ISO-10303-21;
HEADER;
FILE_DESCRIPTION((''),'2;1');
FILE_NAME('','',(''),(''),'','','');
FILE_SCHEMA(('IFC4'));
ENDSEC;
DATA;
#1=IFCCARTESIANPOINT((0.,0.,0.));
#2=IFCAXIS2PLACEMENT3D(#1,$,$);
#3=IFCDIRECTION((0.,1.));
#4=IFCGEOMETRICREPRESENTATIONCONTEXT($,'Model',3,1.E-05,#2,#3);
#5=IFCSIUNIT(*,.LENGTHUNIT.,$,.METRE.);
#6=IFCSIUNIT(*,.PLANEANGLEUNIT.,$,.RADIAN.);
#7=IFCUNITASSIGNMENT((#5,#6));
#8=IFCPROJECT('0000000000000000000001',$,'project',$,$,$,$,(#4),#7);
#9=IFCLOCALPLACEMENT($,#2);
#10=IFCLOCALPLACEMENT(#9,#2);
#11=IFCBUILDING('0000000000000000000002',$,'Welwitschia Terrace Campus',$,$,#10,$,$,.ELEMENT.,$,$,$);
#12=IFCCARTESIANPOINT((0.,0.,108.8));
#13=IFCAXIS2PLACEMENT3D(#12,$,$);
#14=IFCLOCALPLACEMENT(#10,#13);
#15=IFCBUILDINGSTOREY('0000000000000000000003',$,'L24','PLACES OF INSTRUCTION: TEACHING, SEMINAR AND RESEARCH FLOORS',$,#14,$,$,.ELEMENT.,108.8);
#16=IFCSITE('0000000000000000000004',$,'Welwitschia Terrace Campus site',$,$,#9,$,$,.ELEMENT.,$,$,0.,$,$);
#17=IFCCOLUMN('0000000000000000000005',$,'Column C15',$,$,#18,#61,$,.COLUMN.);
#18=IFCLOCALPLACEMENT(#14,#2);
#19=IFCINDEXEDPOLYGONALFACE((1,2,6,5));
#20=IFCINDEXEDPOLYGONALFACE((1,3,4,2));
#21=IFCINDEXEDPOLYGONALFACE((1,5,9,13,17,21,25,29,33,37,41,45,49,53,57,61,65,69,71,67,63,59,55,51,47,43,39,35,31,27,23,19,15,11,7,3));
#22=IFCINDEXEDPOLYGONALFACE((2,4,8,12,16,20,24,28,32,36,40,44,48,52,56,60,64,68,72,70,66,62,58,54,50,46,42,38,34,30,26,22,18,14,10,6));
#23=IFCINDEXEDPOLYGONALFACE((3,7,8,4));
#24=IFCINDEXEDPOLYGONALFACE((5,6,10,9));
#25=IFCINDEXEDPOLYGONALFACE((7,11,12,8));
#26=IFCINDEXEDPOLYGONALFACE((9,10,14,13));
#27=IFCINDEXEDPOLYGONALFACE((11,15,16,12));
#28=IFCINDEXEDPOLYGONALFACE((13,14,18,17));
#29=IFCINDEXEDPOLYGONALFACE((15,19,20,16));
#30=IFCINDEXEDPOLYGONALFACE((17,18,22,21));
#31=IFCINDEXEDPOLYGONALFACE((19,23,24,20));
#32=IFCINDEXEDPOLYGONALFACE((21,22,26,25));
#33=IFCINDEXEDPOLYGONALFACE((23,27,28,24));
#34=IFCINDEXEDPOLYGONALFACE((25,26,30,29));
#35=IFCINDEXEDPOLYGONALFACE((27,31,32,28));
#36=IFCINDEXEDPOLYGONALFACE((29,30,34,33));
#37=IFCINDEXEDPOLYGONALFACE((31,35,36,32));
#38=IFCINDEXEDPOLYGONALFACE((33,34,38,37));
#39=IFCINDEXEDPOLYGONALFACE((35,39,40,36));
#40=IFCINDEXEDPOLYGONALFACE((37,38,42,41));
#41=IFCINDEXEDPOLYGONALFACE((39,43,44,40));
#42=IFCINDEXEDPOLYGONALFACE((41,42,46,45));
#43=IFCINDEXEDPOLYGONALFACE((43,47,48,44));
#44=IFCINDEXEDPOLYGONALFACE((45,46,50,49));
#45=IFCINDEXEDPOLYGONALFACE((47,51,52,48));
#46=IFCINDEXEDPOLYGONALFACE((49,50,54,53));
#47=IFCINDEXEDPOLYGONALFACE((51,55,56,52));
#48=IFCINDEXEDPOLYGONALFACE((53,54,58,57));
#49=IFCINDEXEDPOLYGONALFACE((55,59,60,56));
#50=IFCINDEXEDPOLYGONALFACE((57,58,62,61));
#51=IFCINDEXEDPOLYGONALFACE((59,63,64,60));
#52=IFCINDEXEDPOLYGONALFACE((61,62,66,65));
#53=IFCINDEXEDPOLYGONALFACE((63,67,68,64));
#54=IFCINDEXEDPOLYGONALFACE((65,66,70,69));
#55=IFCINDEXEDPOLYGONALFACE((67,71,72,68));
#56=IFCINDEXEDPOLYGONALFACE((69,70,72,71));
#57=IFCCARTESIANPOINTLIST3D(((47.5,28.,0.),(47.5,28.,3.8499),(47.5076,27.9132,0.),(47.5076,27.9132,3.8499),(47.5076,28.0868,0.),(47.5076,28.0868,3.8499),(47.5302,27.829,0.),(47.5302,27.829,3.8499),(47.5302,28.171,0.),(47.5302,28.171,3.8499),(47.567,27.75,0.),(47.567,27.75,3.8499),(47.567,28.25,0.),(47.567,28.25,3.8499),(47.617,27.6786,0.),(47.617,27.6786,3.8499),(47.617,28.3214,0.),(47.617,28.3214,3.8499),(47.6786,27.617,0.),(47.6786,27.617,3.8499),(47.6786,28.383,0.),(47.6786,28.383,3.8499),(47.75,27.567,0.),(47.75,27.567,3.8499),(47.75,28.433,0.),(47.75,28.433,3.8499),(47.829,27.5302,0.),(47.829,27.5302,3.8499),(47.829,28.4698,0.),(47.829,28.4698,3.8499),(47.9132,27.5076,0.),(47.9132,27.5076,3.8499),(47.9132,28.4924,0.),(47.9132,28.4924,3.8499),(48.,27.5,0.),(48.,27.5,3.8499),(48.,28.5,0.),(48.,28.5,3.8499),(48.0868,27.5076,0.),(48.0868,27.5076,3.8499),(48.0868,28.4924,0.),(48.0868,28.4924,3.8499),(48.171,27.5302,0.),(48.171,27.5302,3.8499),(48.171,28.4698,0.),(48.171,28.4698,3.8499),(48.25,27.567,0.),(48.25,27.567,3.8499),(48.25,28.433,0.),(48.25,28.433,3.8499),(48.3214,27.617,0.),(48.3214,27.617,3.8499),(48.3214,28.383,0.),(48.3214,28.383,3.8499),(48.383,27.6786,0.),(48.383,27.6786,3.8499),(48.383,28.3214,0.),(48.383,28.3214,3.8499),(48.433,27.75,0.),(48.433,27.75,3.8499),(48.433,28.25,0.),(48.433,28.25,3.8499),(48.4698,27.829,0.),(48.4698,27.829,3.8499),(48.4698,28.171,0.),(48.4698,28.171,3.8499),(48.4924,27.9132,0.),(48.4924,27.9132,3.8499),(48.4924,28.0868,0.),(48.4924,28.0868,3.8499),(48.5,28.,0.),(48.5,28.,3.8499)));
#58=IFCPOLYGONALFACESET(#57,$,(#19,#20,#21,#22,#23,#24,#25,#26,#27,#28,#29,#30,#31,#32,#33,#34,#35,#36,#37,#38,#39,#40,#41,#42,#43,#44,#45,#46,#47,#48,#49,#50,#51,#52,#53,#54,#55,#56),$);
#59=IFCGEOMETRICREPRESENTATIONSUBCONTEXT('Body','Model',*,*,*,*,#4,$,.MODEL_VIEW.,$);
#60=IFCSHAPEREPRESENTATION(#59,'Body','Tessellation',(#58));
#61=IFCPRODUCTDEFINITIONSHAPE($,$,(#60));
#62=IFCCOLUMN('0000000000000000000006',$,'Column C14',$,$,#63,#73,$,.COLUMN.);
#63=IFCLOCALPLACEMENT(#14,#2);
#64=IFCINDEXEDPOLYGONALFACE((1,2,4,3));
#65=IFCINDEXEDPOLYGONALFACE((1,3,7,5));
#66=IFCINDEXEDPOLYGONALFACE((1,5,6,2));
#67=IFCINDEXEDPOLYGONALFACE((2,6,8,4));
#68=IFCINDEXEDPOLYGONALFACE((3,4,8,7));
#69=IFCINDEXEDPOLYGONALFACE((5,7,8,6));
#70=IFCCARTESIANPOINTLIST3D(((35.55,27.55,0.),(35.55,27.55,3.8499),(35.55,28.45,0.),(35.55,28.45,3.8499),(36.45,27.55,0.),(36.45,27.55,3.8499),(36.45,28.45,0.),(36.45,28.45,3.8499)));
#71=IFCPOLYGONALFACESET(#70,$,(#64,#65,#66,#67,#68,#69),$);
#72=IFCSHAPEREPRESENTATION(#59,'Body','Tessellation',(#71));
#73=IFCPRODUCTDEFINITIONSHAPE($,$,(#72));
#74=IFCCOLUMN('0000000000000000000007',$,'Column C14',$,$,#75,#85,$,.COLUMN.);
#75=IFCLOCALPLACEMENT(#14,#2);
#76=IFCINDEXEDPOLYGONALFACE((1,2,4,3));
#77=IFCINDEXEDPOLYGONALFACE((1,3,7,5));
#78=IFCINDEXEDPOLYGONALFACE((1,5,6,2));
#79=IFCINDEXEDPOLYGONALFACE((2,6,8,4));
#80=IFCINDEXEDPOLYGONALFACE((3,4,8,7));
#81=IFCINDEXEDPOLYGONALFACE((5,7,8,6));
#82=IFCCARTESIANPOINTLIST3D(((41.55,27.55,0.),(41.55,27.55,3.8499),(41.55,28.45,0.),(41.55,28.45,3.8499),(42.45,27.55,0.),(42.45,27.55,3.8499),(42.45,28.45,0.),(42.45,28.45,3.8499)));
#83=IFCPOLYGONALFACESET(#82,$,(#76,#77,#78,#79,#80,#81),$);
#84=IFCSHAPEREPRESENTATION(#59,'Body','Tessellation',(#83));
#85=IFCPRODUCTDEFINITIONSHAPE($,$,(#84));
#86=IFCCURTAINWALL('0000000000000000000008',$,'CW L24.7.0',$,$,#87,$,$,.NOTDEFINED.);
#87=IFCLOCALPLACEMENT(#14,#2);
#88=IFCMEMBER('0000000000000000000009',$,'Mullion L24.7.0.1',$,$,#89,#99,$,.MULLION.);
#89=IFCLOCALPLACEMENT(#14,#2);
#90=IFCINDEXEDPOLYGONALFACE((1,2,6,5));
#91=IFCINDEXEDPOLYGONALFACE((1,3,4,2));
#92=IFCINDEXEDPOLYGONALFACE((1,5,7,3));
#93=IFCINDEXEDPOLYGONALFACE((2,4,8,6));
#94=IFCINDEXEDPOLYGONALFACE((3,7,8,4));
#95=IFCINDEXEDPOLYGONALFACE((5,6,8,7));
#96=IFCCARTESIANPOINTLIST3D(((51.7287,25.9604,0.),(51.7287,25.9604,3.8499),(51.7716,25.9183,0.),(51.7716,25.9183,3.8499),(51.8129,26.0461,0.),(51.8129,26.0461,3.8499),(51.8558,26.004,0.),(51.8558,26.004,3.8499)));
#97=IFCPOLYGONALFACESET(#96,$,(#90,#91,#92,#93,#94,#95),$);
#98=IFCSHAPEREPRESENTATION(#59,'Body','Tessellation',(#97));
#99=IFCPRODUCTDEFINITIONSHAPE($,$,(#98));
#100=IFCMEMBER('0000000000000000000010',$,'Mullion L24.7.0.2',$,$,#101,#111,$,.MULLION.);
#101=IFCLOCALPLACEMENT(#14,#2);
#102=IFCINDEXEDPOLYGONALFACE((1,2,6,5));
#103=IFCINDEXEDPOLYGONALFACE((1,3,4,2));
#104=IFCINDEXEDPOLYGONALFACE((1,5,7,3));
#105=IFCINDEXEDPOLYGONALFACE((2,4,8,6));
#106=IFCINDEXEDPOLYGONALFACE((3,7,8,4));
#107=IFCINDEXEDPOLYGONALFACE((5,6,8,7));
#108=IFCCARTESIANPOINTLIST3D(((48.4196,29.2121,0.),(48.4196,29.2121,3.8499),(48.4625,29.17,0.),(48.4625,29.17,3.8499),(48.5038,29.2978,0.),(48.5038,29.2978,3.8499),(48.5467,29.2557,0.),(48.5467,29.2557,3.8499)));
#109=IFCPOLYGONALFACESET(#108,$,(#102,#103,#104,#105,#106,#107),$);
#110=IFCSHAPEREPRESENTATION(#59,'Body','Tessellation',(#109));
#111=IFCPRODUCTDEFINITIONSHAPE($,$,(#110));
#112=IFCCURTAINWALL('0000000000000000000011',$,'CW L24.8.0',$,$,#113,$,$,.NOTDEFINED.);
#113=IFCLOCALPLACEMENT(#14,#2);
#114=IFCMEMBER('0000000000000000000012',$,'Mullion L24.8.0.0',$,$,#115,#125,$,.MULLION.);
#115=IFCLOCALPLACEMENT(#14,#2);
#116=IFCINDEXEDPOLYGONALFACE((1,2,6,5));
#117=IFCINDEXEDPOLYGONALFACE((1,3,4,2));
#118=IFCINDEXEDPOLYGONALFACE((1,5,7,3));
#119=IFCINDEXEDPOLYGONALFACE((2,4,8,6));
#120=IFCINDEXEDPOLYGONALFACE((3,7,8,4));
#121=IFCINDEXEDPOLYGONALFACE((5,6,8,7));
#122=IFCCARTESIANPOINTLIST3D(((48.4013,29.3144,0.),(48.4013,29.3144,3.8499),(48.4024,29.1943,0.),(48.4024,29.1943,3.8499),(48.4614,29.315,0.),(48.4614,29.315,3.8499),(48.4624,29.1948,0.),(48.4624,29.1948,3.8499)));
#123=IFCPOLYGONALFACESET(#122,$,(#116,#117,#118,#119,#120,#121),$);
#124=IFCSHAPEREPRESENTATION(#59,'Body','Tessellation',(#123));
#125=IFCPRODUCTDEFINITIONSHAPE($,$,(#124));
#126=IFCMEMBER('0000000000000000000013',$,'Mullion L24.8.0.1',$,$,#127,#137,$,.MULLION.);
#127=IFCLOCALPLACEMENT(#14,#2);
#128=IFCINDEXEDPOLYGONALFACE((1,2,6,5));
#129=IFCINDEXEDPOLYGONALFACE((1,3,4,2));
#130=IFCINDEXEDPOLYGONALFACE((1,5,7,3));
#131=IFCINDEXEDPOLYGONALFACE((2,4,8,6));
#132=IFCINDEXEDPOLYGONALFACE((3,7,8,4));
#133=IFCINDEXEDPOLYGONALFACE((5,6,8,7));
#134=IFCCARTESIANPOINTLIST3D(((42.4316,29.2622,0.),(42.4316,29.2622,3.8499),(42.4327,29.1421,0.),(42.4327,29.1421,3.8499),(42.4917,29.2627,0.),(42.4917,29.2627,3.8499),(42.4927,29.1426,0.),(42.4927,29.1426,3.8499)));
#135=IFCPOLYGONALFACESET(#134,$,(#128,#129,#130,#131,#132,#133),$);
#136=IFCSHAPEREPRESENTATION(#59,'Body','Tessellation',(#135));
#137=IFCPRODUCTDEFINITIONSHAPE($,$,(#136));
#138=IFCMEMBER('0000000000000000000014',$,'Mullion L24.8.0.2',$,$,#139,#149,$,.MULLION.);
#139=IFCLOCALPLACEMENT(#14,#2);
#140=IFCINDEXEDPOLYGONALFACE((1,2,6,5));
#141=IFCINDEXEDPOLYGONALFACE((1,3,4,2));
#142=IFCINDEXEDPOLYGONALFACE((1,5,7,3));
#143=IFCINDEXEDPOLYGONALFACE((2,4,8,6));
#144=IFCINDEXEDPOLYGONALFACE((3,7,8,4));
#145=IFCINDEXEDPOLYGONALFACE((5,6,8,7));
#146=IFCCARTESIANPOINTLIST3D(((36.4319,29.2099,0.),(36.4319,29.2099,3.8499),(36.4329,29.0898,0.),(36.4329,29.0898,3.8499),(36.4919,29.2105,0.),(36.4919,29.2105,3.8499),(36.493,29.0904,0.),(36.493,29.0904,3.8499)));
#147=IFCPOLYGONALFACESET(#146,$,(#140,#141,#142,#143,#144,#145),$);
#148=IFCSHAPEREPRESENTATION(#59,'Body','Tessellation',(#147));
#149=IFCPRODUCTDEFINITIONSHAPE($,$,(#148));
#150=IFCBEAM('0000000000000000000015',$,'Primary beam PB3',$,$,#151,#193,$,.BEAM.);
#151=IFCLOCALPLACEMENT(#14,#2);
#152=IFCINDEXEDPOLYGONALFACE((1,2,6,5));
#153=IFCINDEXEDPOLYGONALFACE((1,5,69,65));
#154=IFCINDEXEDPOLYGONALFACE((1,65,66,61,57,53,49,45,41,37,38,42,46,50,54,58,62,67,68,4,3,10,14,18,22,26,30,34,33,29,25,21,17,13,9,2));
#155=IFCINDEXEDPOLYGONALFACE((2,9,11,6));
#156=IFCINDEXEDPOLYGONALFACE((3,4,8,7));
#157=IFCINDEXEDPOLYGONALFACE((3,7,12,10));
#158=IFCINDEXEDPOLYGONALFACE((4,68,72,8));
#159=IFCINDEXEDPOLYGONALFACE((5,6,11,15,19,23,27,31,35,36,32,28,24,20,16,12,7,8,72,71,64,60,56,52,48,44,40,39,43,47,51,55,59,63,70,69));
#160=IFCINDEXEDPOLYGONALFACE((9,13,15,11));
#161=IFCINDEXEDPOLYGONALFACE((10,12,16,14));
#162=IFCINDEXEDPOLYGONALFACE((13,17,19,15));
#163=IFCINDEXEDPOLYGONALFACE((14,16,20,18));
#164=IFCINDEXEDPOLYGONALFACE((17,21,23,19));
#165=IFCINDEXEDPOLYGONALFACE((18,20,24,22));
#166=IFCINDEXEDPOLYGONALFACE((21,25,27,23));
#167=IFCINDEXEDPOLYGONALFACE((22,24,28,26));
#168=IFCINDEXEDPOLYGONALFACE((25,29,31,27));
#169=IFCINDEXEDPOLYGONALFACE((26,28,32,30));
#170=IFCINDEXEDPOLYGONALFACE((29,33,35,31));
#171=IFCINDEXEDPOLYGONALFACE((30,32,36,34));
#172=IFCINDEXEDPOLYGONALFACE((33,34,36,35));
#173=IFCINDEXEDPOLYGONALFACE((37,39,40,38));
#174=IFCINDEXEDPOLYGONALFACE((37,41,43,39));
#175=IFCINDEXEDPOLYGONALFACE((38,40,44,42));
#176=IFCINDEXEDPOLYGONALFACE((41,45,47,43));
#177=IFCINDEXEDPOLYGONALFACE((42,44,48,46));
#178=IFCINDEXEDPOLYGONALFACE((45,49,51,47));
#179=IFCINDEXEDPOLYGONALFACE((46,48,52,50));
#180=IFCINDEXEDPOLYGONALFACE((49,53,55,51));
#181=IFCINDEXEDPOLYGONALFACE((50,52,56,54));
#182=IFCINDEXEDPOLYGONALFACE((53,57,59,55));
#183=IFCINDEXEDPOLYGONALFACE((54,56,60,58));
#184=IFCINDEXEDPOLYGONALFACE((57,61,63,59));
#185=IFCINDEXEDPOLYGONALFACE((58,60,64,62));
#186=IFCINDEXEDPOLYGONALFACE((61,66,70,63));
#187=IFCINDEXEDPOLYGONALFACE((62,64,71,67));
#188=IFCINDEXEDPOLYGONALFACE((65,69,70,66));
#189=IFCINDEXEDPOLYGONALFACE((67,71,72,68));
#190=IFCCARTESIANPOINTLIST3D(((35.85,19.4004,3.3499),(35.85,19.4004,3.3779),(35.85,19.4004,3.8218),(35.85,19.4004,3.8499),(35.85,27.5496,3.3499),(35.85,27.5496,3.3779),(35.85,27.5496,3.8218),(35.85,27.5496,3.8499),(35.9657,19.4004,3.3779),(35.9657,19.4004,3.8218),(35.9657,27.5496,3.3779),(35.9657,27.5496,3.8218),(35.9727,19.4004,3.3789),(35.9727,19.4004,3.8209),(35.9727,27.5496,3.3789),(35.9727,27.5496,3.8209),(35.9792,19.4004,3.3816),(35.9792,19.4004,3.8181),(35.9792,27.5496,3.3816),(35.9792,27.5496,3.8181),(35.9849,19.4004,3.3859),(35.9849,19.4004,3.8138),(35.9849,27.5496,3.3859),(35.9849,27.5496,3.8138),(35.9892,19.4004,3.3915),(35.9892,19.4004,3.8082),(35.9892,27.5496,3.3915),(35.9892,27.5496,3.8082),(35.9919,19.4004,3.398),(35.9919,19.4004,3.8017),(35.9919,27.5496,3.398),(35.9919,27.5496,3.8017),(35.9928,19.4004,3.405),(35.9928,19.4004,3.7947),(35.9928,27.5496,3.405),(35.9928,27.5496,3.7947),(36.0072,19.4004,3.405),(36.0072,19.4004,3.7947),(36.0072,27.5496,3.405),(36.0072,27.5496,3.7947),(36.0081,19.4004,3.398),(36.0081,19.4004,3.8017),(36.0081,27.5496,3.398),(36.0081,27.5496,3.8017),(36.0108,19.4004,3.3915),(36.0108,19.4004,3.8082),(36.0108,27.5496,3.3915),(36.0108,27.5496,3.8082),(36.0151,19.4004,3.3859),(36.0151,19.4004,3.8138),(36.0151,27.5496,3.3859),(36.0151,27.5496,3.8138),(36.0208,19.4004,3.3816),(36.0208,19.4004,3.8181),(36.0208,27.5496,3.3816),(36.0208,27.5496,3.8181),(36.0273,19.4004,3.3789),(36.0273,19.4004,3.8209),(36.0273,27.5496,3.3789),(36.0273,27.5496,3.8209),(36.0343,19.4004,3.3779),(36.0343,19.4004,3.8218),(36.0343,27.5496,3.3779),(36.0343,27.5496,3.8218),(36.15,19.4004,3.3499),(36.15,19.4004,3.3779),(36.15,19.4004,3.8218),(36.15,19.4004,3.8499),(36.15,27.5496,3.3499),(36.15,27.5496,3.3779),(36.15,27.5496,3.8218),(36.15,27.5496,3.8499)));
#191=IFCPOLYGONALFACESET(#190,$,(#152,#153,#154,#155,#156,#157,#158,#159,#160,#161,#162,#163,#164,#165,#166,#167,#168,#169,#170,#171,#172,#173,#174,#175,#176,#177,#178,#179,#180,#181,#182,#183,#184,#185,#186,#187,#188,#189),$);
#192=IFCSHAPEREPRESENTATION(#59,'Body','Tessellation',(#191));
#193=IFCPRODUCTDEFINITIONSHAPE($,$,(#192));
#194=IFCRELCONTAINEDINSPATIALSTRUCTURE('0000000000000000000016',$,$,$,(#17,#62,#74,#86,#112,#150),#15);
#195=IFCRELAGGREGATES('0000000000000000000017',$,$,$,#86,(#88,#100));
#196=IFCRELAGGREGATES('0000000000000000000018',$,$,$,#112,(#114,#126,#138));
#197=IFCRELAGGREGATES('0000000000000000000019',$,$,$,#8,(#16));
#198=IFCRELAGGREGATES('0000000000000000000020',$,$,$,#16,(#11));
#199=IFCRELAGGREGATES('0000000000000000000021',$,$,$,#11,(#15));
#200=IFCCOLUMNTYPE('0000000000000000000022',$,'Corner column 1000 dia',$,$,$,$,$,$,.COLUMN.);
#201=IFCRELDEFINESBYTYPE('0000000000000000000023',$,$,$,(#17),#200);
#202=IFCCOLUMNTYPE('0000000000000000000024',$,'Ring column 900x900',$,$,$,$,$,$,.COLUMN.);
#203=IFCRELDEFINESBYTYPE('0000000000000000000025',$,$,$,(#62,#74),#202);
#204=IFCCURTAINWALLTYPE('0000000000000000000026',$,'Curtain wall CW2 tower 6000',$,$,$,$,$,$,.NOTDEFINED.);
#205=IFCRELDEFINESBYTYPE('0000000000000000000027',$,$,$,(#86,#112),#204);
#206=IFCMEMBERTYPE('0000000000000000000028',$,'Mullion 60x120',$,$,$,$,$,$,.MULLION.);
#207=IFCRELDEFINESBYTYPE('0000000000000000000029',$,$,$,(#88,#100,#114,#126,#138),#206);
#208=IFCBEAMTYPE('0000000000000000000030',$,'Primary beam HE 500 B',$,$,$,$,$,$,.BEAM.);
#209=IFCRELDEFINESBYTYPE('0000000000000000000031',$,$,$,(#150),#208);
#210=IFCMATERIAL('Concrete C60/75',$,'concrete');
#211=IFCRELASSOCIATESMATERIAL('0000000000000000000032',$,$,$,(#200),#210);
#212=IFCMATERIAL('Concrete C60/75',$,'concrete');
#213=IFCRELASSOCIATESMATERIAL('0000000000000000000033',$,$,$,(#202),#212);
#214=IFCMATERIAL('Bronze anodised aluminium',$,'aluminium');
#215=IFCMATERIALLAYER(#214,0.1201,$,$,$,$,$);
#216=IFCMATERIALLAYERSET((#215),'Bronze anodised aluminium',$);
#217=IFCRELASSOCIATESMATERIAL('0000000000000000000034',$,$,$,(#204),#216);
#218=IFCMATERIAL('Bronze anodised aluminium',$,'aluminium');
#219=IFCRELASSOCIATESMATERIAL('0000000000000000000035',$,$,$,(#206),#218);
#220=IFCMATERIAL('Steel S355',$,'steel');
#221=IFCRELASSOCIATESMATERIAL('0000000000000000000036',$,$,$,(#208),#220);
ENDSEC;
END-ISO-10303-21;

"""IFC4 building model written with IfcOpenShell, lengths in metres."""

from ifc_helpers import new_model, si_unit, direction, frame, origin, origin_2d, place, context, subcontext, project, spatial, rectangle, circle, i_section, extrude, material, layer, layer_set, material_profile, profile_set, type_object, element, aggregate, save


model = new_model("IFC4")

# Units and contexts
model_context = context("Model", 3, precision=1e-05, world=origin(), true_north=direction((0.0, 1.0)))
body_context = subcontext(model_context, "Body", "Model", "MODEL_VIEW")
ifc_project = project(units=[si_unit("LENGTHUNIT", "METRE"), si_unit("PLANEANGLEUNIT", "RADIAN")], contexts=[model_context])

# Site, building, storey
site_placement = place(None, origin())
site = spatial("IfcSite", under=ifc_project, at=site_placement, Name="Welwitschia Terrace Campus site", CompositionType="ELEMENT", RefElevation=0.0)
building_placement = place(site_placement, origin())
building = spatial("IfcBuilding", under=site, at=building_placement, Name="Welwitschia Terrace Campus", CompositionType="ELEMENT")
storey_placement = place(building_placement, frame((0.0, 0.0, 108.8)))
storey = spatial("IfcBuildingStorey", under=building, at=storey_placement, Name="L24", Description="PLACES OF INSTRUCTION: TEACHING, SEMINAR AND RESEARCH FLOORS", CompositionType="ELEMENT", Elevation=108.8)

# Columns
ifc_material_1 = material(Name="Concrete C60/75", Category="concrete")
ifc_material_profile_1 = material_profile(ifc_material_1, circle(Radius=0.5, at=origin_2d()))
ifc_profile_set_1 = profile_set([ifc_material_profile_1], Name="Concrete C60/75")
column_type_1 = type_object("IfcColumnType", Name="Corner column 1000 dia", PredefinedType="COLUMN", material=ifc_profile_set_1)
column_placement = place(storey_placement, frame((48.0, 28.0, 0.0), z_axis=(0.0, 0.0, 1.0), x_axis=(1.0, 0.0, 0.0)))
element("IfcColumn", 1, at=column_placement, inside=storey, type_object=column_type_1, Name="Column C15", PredefinedType="COLUMN", context=body_context, shape_type="SweptSolid", body=[
    extrude(circle(Radius=0.5, at=origin_2d()), origin(), (0.0, 0.0, 1.0), 3.8499),
])
ifc_material_2 = material(Name="Concrete C60/75", Category="concrete")
ifc_material_profile_2 = material_profile(ifc_material_2, rectangle(XDim=0.8999, YDim=0.8999, at=origin_2d()))
ifc_profile_set_2 = profile_set([ifc_material_profile_2], Name="Concrete C60/75")
column_type_2 = type_object("IfcColumnType", Name="Ring column 900x900", PredefinedType="COLUMN", material=ifc_profile_set_2)
for number, where, z_axis, x_axis, name in (
    (2, (36.0, 28.0, 0.0), (0.0, 0.0, 1.0), (1.0, 0.0, 0.0), "Column C14"),
    (3, (42.0, 28.0, 0.0), (0.0, 0.0, 1.0), (1.0, 0.0, 0.0), "Column C14"),
):
    element("IfcColumn", number, at=place(storey_placement, frame(where, z_axis=z_axis, x_axis=x_axis)), inside=storey, type_object=column_type_2, Name=name, PredefinedType="COLUMN", context=body_context, shape_type="SweptSolid", body=[
        extrude(rectangle(XDim=0.8999, YDim=0.8999, at=origin_2d()), origin(), (0.0, 0.0, 1.0), 3.8499),
    ])

# Curtain walls, members
ifc_material_3 = material(Name="Bronze anodised aluminium", Category="aluminium")
ifc_layer_1 = layer(ifc_material_3, 0.1201)
ifc_layer_set_1 = layer_set([ifc_layer_1], Name="Bronze anodised aluminium")
curtain_wall_type = type_object("IfcCurtainWallType", Name="Curtain wall CW2 tower 6000", PredefinedType="NOTDEFINED", material=ifc_layer_set_1)
curtain_wall_1_placement = place(storey_placement, origin())
curtain_wall_1 = element("IfcCurtainWall", 4, at=curtain_wall_1_placement, inside=storey, type_object=curtain_wall_type, Name="CW L24.7.0", PredefinedType="NOTDEFINED")
ifc_material_4 = material(Name="Bronze anodised aluminium", Category="aluminium")
ifc_material_profile_3 = material_profile(ifc_material_4, rectangle(XDim=0.1201, YDim=0.0601, at=origin_2d()))
ifc_profile_set_3 = profile_set([ifc_material_profile_3], Name="Bronze anodised aluminium")
member_type_1 = type_object("IfcMemberType", Name="Mullion 60x120", PredefinedType="MULLION", material=ifc_profile_set_3)
member_1_placement = place(storey_placement, frame((51.7922, 25.9822, 0.0), z_axis=(0.0, 0.0, 1.0), x_axis=(-0.700909, -0.71325, 0.0)))
member_1 = element("IfcMember", 5, at=member_1_placement, type_object=member_type_1, Name="Mullion L24.7.0.1", PredefinedType="MULLION", context=body_context, shape_type="SweptSolid", body=[
    extrude(rectangle(XDim=0.1201, YDim=0.0601, at=origin_2d()), origin(), (0.0, 0.0, 1.0), 3.8499),
])
member_2_placement = place(storey_placement, frame((48.4832, 29.2339, 0.0), z_axis=(0.0, 0.0, 1.0), x_axis=(-0.700909, -0.71325, 0.0)))
member_2 = element("IfcMember", 6, at=member_2_placement, type_object=member_type_1, Name="Mullion L24.7.0.2", PredefinedType="MULLION", context=body_context, shape_type="SweptSolid", body=[
    extrude(rectangle(XDim=0.1201, YDim=0.0601, at=origin_2d()), origin(), (0.0, 0.0, 1.0), 3.8499),
])
curtain_wall_2_placement = place(storey_placement, origin())
curtain_wall_2 = element("IfcCurtainWall", 7, at=curtain_wall_2_placement, inside=storey, type_object=curtain_wall_type, Name="CW L24.8.0", PredefinedType="NOTDEFINED")
member_3_placement = place(storey_placement, frame((48.4319, 29.2546, 0.0), z_axis=(0.0, 0.0, 1.0), x_axis=(0.008727, -0.999962, 0.0)))
member_3 = element("IfcMember", 8, at=member_3_placement, type_object=member_type_1, Name="Mullion L24.8.0.0", PredefinedType="MULLION", context=body_context, shape_type="SweptSolid", body=[
    extrude(rectangle(XDim=0.1201, YDim=0.0601, at=origin_2d()), origin(), (0.0, 0.0, 1.0), 3.8499),
])
member_4_placement = place(storey_placement, frame((42.4622, 29.2024, 0.0), z_axis=(0.0, 0.0, 1.0), x_axis=(0.008727, -0.999962, 0.0)))
member_4 = element("IfcMember", 9, at=member_4_placement, type_object=member_type_1, Name="Mullion L24.8.0.1", PredefinedType="MULLION", context=body_context, shape_type="SweptSolid", body=[
    extrude(rectangle(XDim=0.1201, YDim=0.0601, at=origin_2d()), origin(), (0.0, 0.0, 1.0), 3.8499),
])
member_5_placement = place(storey_placement, frame((36.4624, 29.1501, 0.0), z_axis=(0.0, 0.0, 1.0), x_axis=(0.008727, -0.999962, 0.0)))
member_5 = element("IfcMember", 10, at=member_5_placement, type_object=member_type_1, Name="Mullion L24.8.0.2", PredefinedType="MULLION", context=body_context, shape_type="SweptSolid", body=[
    extrude(rectangle(XDim=0.1201, YDim=0.0601, at=origin_2d()), origin(), (0.0, 0.0, 1.0), 3.8499),
])

# Beam
ifc_material_5 = material(Name="Steel S355", Category="steel")
ifc_material_profile_4 = material_profile(ifc_material_5, i_section(OverallWidth=0.3, OverallDepth=0.5, WebThickness=0.0144, FlangeThickness=0.0281, FilletRadius=0.0271, at=origin_2d()))
ifc_profile_set_4 = profile_set([ifc_material_profile_4], Name="Steel S355")
beam_type_1 = type_object("IfcBeamType", Name="Primary beam HE 500 B", PredefinedType="BEAM", material=ifc_profile_set_4)
beam_1_placement = place(storey_placement, frame((36.0, 27.5496, 3.5999), z_axis=(0.0, -1.0, 0.0), x_axis=(1.0, 0.0, 0.0)))
element("IfcBeam", 11, at=beam_1_placement, inside=storey, type_object=beam_type_1, Name="Primary beam PB3", PredefinedType="BEAM", context=body_context, shape_type="SweptSolid", body=[
    extrude(i_section(OverallWidth=0.3, OverallDepth=0.5, WebThickness=0.0144, FlangeThickness=0.0281, FilletRadius=0.0271, at=origin_2d()), origin(), (0.0, 0.0, 1.0), 8.1492),
])

aggregate(curtain_wall_1, [member_1, member_2])
aggregate(curtain_wall_2, [member_3, member_4, member_5])

save(model, "model.ifc")
